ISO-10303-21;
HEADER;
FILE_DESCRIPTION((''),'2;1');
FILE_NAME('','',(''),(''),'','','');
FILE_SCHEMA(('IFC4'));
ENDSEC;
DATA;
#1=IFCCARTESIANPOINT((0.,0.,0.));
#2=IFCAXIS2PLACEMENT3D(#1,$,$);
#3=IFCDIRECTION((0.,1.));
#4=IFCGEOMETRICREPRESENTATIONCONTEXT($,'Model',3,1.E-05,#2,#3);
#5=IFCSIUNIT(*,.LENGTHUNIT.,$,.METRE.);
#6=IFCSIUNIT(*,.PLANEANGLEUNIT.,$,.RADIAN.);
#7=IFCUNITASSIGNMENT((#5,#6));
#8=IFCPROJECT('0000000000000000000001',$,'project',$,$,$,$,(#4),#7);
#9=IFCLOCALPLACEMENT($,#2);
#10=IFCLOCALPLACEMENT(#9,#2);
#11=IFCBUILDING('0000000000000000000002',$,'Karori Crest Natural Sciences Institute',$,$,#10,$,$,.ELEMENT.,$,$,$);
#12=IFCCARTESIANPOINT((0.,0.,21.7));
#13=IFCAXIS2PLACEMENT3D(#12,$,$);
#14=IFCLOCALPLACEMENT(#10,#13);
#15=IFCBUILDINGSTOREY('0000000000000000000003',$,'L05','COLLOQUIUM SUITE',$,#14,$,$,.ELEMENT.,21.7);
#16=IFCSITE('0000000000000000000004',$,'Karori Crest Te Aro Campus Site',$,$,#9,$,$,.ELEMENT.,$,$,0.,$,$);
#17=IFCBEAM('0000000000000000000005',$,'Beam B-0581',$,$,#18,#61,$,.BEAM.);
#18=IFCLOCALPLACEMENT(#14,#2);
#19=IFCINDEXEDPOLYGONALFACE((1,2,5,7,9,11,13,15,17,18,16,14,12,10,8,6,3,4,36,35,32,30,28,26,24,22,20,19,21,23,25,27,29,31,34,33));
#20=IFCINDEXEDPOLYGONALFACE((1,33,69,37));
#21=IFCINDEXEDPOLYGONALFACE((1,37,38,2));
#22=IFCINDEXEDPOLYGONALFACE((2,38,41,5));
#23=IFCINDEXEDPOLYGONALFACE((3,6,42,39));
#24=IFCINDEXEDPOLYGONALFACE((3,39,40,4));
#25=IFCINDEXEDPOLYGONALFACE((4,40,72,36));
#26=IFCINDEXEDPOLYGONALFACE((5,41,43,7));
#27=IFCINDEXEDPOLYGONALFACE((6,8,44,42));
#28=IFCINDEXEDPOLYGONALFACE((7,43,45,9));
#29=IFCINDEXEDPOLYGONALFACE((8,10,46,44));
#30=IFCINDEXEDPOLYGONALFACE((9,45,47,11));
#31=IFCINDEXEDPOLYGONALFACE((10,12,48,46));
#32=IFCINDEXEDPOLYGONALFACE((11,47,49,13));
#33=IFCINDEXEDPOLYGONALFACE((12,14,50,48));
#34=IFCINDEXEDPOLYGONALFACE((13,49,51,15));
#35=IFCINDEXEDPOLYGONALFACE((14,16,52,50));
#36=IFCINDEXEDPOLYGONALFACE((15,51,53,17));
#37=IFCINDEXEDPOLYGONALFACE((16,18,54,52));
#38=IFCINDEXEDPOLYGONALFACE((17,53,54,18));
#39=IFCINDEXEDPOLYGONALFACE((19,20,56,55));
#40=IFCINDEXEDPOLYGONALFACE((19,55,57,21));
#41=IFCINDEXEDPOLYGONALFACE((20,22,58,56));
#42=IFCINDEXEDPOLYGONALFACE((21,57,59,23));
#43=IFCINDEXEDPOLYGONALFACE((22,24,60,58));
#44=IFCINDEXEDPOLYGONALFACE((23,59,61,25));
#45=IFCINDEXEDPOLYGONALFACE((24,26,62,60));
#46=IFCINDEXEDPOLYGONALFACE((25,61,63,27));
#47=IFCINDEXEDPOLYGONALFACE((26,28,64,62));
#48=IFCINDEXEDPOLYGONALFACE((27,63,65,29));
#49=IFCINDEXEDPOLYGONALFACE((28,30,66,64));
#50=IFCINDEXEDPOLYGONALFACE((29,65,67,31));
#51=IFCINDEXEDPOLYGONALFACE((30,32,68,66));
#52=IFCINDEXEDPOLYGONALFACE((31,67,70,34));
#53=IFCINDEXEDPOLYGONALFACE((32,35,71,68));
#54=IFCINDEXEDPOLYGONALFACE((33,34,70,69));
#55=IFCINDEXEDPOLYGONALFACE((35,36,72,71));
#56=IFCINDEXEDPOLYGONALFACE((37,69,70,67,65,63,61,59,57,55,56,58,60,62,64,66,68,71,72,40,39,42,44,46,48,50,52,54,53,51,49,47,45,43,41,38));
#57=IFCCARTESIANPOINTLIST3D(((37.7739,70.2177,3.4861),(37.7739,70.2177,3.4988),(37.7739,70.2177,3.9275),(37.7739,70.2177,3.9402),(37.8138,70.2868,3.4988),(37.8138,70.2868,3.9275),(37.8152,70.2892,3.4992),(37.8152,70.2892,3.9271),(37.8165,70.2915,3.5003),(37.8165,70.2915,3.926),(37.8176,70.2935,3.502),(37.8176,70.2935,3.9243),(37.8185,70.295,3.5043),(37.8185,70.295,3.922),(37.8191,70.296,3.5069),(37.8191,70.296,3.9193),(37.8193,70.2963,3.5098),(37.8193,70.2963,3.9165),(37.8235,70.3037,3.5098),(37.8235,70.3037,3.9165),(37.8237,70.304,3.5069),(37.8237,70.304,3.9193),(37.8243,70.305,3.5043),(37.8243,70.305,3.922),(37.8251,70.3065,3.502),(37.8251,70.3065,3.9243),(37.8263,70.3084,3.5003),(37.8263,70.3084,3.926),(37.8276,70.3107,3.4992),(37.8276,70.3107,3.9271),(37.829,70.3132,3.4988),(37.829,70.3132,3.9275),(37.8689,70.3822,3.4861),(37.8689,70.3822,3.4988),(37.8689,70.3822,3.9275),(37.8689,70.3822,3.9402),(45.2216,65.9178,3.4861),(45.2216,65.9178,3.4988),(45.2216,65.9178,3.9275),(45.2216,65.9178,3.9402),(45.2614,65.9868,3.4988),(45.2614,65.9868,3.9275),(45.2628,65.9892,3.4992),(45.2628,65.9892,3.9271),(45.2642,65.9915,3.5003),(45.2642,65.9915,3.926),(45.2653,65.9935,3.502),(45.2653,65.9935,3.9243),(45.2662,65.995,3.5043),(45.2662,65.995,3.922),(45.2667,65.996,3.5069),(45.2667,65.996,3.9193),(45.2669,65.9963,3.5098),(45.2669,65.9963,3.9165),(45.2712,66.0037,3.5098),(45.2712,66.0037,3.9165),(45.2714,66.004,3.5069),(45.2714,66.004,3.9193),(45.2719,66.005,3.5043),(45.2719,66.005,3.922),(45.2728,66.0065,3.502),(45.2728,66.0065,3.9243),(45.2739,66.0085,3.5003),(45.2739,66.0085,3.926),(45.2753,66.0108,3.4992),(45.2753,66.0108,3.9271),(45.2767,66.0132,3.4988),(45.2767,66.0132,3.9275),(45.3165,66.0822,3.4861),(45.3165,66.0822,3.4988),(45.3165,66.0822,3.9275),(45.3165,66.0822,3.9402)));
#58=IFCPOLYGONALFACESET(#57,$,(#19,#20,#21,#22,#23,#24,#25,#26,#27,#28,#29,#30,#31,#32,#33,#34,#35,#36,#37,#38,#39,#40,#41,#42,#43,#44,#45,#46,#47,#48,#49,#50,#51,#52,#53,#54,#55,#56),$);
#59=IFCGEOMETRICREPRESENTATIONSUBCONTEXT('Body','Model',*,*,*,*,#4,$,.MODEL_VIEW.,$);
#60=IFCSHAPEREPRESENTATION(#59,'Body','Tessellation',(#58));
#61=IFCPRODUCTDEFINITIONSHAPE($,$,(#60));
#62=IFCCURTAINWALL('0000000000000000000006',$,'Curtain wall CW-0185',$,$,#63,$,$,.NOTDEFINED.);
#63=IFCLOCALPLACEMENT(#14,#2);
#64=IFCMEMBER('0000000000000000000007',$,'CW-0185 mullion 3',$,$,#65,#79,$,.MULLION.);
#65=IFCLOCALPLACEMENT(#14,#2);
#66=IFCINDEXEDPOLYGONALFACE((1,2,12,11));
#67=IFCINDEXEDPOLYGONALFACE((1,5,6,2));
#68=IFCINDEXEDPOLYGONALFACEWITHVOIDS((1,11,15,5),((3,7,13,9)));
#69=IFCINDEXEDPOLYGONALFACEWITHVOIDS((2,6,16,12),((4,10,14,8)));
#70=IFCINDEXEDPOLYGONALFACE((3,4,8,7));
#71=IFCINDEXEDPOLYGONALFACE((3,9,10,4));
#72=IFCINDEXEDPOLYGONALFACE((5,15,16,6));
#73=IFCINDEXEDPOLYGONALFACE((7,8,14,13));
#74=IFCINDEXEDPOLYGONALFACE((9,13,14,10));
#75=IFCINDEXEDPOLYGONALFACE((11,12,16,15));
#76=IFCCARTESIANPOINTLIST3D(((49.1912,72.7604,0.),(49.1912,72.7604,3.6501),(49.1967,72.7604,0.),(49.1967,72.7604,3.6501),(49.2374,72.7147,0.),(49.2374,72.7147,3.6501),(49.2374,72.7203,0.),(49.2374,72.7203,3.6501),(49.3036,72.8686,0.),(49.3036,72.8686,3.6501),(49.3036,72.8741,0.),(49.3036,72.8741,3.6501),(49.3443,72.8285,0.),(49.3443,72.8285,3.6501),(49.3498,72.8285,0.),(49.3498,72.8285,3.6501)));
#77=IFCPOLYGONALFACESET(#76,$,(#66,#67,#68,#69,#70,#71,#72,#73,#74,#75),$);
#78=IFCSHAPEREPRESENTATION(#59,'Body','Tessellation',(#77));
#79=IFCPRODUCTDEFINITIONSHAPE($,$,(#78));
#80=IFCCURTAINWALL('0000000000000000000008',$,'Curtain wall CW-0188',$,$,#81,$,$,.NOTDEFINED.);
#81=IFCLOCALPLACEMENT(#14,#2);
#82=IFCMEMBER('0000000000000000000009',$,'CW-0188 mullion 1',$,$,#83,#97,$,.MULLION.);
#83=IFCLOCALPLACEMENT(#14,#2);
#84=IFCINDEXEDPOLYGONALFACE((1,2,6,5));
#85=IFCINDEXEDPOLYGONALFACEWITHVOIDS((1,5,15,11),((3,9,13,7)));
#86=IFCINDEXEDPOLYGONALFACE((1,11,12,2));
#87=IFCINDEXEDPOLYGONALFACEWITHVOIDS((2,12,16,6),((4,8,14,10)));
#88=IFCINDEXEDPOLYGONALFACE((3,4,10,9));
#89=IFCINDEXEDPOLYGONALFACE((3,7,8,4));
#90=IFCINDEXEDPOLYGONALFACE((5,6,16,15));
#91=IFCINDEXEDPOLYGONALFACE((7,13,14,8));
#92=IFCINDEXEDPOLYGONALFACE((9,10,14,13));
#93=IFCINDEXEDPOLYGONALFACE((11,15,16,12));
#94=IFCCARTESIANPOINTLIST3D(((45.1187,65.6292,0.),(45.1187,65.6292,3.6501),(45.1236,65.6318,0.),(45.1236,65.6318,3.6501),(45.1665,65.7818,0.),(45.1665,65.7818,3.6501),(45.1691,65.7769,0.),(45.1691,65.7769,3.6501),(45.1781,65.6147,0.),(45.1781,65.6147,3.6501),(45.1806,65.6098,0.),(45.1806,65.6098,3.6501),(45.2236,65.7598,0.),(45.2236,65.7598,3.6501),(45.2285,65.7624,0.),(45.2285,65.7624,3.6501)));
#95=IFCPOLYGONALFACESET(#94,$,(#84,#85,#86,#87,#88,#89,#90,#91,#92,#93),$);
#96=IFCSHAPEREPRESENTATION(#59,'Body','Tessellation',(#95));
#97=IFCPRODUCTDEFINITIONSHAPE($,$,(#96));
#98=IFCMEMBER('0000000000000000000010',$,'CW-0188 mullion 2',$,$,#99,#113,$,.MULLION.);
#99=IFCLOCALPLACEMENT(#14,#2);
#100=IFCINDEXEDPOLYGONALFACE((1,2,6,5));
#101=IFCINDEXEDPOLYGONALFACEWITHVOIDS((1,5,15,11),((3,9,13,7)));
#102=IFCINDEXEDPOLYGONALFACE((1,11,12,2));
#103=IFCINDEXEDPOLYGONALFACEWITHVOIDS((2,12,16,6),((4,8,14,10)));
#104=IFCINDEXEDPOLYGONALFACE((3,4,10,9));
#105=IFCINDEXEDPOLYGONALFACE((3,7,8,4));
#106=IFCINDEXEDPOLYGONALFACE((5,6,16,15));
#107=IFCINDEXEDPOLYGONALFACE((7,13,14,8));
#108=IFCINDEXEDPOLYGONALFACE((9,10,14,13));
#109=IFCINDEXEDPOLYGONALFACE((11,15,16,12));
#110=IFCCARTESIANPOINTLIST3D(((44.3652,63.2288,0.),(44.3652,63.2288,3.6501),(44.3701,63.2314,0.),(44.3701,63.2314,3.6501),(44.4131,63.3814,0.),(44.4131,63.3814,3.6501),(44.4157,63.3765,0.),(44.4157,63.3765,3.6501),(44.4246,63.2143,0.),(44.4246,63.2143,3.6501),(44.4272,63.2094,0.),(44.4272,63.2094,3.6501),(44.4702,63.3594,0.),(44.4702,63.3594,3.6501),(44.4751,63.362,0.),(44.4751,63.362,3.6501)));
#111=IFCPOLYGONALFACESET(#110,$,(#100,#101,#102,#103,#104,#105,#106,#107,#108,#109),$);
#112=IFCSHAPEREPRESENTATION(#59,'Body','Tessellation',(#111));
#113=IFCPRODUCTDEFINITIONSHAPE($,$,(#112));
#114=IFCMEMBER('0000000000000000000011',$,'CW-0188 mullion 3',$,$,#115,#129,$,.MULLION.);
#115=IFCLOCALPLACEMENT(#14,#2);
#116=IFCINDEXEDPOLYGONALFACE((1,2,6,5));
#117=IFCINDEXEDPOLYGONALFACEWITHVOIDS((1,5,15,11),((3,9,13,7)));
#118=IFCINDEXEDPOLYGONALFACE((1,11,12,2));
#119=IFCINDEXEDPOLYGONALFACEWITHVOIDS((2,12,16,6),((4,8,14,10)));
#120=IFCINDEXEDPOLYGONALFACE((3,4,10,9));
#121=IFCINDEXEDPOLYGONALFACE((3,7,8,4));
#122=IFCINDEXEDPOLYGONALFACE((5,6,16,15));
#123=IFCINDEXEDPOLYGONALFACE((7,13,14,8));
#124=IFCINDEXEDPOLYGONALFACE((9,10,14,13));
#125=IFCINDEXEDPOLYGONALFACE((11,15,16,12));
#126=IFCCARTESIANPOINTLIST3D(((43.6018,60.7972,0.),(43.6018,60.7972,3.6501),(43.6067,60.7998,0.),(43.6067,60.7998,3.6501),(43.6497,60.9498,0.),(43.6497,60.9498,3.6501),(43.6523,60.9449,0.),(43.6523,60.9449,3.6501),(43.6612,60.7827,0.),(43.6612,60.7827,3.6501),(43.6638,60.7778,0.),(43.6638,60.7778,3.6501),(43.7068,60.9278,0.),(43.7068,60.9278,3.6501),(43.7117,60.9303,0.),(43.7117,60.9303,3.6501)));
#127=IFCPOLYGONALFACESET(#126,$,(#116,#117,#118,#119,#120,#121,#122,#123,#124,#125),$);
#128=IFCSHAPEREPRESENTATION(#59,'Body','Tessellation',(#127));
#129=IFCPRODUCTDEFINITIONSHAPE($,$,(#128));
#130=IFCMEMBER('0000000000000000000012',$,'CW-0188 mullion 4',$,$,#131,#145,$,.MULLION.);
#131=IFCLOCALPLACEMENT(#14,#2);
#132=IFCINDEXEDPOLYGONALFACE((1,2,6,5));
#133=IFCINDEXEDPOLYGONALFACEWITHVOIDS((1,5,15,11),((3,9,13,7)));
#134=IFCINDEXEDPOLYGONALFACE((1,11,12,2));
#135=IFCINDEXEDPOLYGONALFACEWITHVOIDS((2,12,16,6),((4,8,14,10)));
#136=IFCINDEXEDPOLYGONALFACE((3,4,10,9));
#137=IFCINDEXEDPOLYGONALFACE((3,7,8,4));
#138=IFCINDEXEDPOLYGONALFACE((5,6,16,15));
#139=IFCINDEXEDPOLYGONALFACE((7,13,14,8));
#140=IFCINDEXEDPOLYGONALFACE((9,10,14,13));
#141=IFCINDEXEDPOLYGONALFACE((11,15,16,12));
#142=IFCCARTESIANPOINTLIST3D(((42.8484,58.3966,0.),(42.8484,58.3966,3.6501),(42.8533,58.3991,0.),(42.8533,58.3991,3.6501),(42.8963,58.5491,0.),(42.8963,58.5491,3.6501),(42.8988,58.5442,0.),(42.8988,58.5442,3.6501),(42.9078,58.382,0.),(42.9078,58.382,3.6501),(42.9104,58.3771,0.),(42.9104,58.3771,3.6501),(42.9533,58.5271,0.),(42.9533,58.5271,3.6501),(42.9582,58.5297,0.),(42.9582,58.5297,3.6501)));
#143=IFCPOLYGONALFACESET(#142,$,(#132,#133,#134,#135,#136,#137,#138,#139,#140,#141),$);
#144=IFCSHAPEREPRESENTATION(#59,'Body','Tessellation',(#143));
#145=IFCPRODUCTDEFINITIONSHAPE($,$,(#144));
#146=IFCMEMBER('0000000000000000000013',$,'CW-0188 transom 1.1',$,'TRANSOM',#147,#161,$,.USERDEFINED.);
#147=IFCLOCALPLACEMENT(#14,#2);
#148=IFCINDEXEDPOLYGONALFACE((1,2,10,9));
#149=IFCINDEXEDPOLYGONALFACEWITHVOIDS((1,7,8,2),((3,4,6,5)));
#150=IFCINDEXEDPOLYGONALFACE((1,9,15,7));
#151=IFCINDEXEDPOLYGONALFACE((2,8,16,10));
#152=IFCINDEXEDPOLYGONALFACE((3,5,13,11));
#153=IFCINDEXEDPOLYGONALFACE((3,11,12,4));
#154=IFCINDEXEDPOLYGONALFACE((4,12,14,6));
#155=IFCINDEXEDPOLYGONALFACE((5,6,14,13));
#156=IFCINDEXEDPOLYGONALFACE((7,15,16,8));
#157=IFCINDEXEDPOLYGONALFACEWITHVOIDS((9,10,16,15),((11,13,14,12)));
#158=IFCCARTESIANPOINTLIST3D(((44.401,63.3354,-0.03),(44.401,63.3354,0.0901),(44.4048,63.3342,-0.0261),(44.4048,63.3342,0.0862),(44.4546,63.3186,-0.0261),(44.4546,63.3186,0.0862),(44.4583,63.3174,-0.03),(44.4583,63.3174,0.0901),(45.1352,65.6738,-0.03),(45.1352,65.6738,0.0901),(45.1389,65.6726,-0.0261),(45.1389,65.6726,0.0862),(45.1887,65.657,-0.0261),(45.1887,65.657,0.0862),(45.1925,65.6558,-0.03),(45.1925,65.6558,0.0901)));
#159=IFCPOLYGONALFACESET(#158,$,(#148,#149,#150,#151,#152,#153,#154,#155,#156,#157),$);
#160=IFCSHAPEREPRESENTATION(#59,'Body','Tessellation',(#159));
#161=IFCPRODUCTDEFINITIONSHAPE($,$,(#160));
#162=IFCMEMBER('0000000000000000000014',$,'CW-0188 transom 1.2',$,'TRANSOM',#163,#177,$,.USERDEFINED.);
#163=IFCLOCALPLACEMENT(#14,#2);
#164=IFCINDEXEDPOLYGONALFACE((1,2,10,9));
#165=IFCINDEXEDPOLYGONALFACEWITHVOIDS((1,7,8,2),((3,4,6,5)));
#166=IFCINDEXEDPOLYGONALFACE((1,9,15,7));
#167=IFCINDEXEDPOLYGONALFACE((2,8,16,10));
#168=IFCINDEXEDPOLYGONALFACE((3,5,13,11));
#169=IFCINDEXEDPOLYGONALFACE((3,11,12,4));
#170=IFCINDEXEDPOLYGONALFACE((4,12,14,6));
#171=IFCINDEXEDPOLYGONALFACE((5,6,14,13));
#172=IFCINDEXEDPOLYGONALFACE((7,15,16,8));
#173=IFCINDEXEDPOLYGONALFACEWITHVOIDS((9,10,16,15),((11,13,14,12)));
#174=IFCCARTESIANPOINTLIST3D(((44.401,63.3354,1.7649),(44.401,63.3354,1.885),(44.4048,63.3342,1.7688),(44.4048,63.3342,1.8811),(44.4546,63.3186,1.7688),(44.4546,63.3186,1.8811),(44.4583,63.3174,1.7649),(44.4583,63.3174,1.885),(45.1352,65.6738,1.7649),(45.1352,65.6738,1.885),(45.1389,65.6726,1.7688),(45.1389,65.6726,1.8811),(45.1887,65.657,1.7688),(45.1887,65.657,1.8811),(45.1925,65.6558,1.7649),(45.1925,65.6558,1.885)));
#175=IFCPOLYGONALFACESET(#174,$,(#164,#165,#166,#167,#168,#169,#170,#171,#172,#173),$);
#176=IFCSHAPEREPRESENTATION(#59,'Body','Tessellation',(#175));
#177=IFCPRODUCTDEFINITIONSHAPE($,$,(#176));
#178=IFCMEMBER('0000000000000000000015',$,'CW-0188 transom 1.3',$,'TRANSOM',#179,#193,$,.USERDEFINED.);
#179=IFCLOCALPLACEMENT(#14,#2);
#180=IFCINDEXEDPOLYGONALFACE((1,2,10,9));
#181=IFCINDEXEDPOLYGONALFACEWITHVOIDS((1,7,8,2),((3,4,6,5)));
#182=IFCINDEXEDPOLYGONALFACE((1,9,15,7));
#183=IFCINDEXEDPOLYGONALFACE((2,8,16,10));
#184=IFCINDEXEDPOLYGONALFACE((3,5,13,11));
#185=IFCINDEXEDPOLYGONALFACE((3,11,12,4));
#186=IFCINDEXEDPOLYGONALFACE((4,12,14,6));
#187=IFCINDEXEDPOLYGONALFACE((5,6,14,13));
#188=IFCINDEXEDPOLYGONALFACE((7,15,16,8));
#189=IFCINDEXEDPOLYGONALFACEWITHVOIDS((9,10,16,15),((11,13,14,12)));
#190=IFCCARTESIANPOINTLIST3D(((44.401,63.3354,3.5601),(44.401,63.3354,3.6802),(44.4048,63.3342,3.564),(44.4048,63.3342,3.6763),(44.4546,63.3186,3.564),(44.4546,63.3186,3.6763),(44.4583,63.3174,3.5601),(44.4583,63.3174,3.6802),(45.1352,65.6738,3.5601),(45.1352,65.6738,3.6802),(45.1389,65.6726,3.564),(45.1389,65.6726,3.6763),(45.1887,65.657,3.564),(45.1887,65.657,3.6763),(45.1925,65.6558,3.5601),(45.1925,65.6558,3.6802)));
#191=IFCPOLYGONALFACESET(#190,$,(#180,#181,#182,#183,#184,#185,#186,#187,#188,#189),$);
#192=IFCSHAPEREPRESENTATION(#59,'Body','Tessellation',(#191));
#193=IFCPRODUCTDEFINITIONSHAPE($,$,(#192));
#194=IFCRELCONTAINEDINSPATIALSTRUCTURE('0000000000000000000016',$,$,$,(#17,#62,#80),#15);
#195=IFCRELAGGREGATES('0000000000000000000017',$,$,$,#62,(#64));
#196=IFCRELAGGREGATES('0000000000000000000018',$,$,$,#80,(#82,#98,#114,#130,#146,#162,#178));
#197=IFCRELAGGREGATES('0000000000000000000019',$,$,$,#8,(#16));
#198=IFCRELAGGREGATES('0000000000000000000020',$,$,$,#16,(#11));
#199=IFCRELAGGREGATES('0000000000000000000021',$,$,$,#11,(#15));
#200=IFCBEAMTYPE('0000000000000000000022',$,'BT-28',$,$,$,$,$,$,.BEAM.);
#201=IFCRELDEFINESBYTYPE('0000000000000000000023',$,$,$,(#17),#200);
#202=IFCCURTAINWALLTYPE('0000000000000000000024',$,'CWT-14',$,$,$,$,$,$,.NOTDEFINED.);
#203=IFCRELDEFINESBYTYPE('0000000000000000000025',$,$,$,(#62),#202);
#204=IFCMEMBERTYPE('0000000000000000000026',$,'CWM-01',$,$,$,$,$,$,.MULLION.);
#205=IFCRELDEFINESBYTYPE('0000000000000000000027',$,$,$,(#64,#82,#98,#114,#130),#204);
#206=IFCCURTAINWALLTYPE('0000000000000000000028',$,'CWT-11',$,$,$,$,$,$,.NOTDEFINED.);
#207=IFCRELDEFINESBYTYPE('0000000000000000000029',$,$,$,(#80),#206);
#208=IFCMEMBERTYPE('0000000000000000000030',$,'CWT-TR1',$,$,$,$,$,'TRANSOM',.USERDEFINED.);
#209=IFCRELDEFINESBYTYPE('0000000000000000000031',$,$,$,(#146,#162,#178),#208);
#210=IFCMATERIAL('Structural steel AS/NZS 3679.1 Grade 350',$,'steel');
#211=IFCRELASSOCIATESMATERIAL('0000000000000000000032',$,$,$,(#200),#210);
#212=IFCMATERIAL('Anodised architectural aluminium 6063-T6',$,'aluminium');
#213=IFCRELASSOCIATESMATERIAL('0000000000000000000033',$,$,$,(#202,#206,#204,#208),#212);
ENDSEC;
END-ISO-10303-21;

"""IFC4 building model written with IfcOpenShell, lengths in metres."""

from ifc_helpers import new_model, si_unit, direction, frame, origin, origin_2d, place, context, subcontext, project, spatial, hollow_rectangle, i_section, extrude, material, material_profile, profile_set, type_object, element, aggregate, save


model = new_model("IFC4")

# Units and contexts
model_context = context("Model", 3, precision=1e-05, world=origin(), true_north=direction((0.0, 1.0)))
body_context = subcontext(model_context, "Body", "Model", "MODEL_VIEW")
ifc_project = project(units=[si_unit("LENGTHUNIT", "METRE"), si_unit("PLANEANGLEUNIT", "RADIAN")], contexts=[model_context])

# Site, building, storey
site_placement = place(None, origin())
site = spatial("IfcSite", under=ifc_project, at=site_placement, Name="Karori Crest Te Aro Campus Site", CompositionType="ELEMENT", RefElevation=0.0)
building_placement = place(site_placement, origin())
building = spatial("IfcBuilding", under=site, at=building_placement, Name="Karori Crest Natural Sciences Institute", CompositionType="ELEMENT")
storey_placement = place(building_placement, frame((0.0, 0.0, 21.7)))
storey = spatial("IfcBuildingStorey", under=building, at=storey_placement, Name="L05", Description="COLLOQUIUM SUITE", CompositionType="ELEMENT", Elevation=21.7)

# Shared definitions
ifc_material_1 = material(Name="Structural steel AS/NZS 3679.1 Grade 350", Category="steel")

# Beam
ifc_material_profile_1 = material_profile(ifc_material_1, i_section(OverallWidth=0.1899, OverallDepth=0.4541, WebThickness=0.0085, FlangeThickness=0.0127, FilletRadius=0.011, at=origin_2d()), Name="460UB67.1")
ifc_profile_set_1 = profile_set([ifc_material_profile_1], Name="Structural steel AS/NZS 3679.1 Grade 350")
beam_type_1 = type_object("IfcBeamType", Name="BT-28", PredefinedType="BEAM", material=ifc_profile_set_1)
beam_1_placement = place(storey_placement, frame((45.269, 66.0, 3.7131), z_axis=(-0.866021, 0.500008, 0.0), x_axis=(-0.500008, -0.866021, 0.0)))
element("IfcBeam", 1, at=beam_1_placement, inside=storey, type_object=beam_type_1, Name="Beam B-0581", PredefinedType="BEAM", context=body_context, shape_type="SweptSolid", body=[
    extrude(i_section(OverallWidth=0.1899, OverallDepth=0.4541, WebThickness=0.0085, FlangeThickness=0.0127, FilletRadius=0.011, at=origin_2d()), origin(), (0.0, 0.0, 1.0), 8.5999),
])

# Curtain wall, member
ifc_material_2 = material(Name="Anodised architectural aluminium 6063-T6", Category="aluminium")
curtain_wall_type_1 = type_object("IfcCurtainWallType", Name="CWT-14", PredefinedType="NOTDEFINED", material=ifc_material_2)
curtain_wall_1_placement = place(storey_placement, origin())
curtain_wall_1 = element("IfcCurtainWall", 2, at=curtain_wall_1_placement, inside=storey, type_object=curtain_wall_type_1, Name="Curtain wall CW-0185", PredefinedType="NOTDEFINED")
ifc_material_profile_2 = material_profile(ifc_material_2, hollow_rectangle(XDim=0.0649, YDim=0.1599, WallThickness=0.0039, at=origin_2d()), Name="CWM160x65x4")
ifc_profile_set_2 = profile_set([ifc_material_profile_2], Name="Anodised architectural aluminium 6063-T6")
member_type_1 = type_object("IfcMemberType", Name="CWM-01", PredefinedType="MULLION", material=ifc_profile_set_2)
member_1_placement = place(storey_placement, frame((49.2705, 72.7944, 0.0), z_axis=(0.0, 0.0, 1.0), x_axis=(0.711525, -0.702661, 0.0)))
member_1 = element("IfcMember", 3, at=member_1_placement, type_object=member_type_1, Name="CW-0185 mullion 3", PredefinedType="MULLION", context=body_context, shape_type="SweptSolid", body=[
    extrude(hollow_rectangle(XDim=0.0649, YDim=0.1599, WallThickness=0.0039, at=origin_2d()), origin(), (0.0, 0.0, 1.0), 3.6501),
])

# Curtain wall, members
curtain_wall_type_2 = type_object("IfcCurtainWallType", Name="CWT-11", PredefinedType="NOTDEFINED", material=ifc_material_2)
curtain_wall_2_placement = place(storey_placement, origin())
curtain_wall_2 = element("IfcCurtainWall", 4, at=curtain_wall_2_placement, inside=storey, type_object=curtain_wall_type_2, Name="Curtain wall CW-0188", PredefinedType="NOTDEFINED")
member_2_placement = place(storey_placement, frame((45.1736, 65.6958, 0.0), z_axis=(0.0, 0.0, 1.0), x_axis=(0.954104, -0.299475, 0.0)))
member_2 = element("IfcMember", 5, at=member_2_placement, type_object=member_type_1, Name="CW-0188 mullion 1", PredefinedType="MULLION", context=body_context, shape_type="SweptSolid", body=[
    extrude(hollow_rectangle(XDim=0.0649, YDim=0.1599, WallThickness=0.0039, at=origin_2d()), origin(), (0.0, 0.0, 1.0), 3.6501),
])
member_3_placement = place(storey_placement, frame((44.4202, 63.2954, 0.0), z_axis=(0.0, 0.0, 1.0), x_axis=(0.954104, -0.299475, 0.0)))
member_3 = element("IfcMember", 6, at=member_3_placement, type_object=member_type_1, Name="CW-0188 mullion 2", PredefinedType="MULLION", context=body_context, shape_type="SweptSolid", body=[
    extrude(hollow_rectangle(XDim=0.0649, YDim=0.1599, WallThickness=0.0039, at=origin_2d()), origin(), (0.0, 0.0, 1.0), 3.6501),
])
member_4_placement = place(storey_placement, frame((43.6567, 60.8638, 0.0), z_axis=(0.0, 0.0, 1.0), x_axis=(0.954104, -0.299475, 0.0)))
member_4 = element("IfcMember", 7, at=member_4_placement, type_object=member_type_1, Name="CW-0188 mullion 3", PredefinedType="MULLION", context=body_context, shape_type="SweptSolid", body=[
    extrude(hollow_rectangle(XDim=0.0649, YDim=0.1599, WallThickness=0.0039, at=origin_2d()), origin(), (0.0, 0.0, 1.0), 3.6501),
])
member_5_placement = place(storey_placement, frame((42.9033, 58.4631, 0.0), z_axis=(0.0, 0.0, 1.0), x_axis=(0.954104, -0.299475, 0.0)))
member_5 = element("IfcMember", 8, at=member_5_placement, type_object=member_type_1, Name="CW-0188 mullion 4", PredefinedType="MULLION", context=body_context, shape_type="SweptSolid", body=[
    extrude(hollow_rectangle(XDim=0.0649, YDim=0.1599, WallThickness=0.0039, at=origin_2d()), origin(), (0.0, 0.0, 1.0), 3.6501),
])
ifc_material_profile_3 = material_profile(ifc_material_2, hollow_rectangle(XDim=0.0601, YDim=0.1201, WallThickness=0.0039, at=origin_2d()), Name="CWT120x60x4")
ifc_profile_set_3 = profile_set([ifc_material_profile_3], Name="Anodised architectural aluminium 6063-T6")
member_type_2 = type_object("IfcMemberType", Name="CWT-TR1", ElementType="TRANSOM", PredefinedType="USERDEFINED", material=ifc_profile_set_3)
member_6_placement = place(storey_placement, frame((45.1638, 65.6648, 0.03), z_axis=(-0.299534, -0.954086, 0.0), x_axis=(0.954086, -0.299534, 0.0)))
member_6 = element("IfcMember", 9, at=member_6_placement, type_object=member_type_2, Name="CW-0188 transom 1.1", ObjectType="TRANSOM", PredefinedType="USERDEFINED", context=body_context, shape_type="SweptSolid", body=[
    extrude(hollow_rectangle(XDim=0.0601, YDim=0.1201, WallThickness=0.0039, at=origin_2d()), origin(), (0.0, 0.0, 1.0), 2.4509),
])
member_7_placement = place(storey_placement, frame((45.1638, 65.6648, 1.825), z_axis=(-0.299534, -0.954086, 0.0), x_axis=(0.954086, -0.299534, 0.0)))
member_7 = element("IfcMember", 10, at=member_7_placement, type_object=member_type_2, Name="CW-0188 transom 1.2", ObjectType="TRANSOM", PredefinedType="USERDEFINED", context=body_context, shape_type="SweptSolid", body=[
    extrude(hollow_rectangle(XDim=0.0601, YDim=0.1201, WallThickness=0.0039, at=origin_2d()), origin(), (0.0, 0.0, 1.0), 2.4509),
])
member_8_placement = place(storey_placement, frame((45.1638, 65.6648, 3.6201), z_axis=(-0.299534, -0.954086, 0.0), x_axis=(0.954086, -0.299534, 0.0)))
member_8 = element("IfcMember", 11, at=member_8_placement, type_object=member_type_2, Name="CW-0188 transom 1.3", ObjectType="TRANSOM", PredefinedType="USERDEFINED", context=body_context, shape_type="SweptSolid", body=[
    extrude(hollow_rectangle(XDim=0.0601, YDim=0.1201, WallThickness=0.0039, at=origin_2d()), origin(), (0.0, 0.0, 1.0), 2.4509),
])

aggregate(curtain_wall_1, [member_1])
aggregate(curtain_wall_2, [member_2, member_3, member_4, member_5, member_6, member_7, member_8])

save(model, "model.ifc")
